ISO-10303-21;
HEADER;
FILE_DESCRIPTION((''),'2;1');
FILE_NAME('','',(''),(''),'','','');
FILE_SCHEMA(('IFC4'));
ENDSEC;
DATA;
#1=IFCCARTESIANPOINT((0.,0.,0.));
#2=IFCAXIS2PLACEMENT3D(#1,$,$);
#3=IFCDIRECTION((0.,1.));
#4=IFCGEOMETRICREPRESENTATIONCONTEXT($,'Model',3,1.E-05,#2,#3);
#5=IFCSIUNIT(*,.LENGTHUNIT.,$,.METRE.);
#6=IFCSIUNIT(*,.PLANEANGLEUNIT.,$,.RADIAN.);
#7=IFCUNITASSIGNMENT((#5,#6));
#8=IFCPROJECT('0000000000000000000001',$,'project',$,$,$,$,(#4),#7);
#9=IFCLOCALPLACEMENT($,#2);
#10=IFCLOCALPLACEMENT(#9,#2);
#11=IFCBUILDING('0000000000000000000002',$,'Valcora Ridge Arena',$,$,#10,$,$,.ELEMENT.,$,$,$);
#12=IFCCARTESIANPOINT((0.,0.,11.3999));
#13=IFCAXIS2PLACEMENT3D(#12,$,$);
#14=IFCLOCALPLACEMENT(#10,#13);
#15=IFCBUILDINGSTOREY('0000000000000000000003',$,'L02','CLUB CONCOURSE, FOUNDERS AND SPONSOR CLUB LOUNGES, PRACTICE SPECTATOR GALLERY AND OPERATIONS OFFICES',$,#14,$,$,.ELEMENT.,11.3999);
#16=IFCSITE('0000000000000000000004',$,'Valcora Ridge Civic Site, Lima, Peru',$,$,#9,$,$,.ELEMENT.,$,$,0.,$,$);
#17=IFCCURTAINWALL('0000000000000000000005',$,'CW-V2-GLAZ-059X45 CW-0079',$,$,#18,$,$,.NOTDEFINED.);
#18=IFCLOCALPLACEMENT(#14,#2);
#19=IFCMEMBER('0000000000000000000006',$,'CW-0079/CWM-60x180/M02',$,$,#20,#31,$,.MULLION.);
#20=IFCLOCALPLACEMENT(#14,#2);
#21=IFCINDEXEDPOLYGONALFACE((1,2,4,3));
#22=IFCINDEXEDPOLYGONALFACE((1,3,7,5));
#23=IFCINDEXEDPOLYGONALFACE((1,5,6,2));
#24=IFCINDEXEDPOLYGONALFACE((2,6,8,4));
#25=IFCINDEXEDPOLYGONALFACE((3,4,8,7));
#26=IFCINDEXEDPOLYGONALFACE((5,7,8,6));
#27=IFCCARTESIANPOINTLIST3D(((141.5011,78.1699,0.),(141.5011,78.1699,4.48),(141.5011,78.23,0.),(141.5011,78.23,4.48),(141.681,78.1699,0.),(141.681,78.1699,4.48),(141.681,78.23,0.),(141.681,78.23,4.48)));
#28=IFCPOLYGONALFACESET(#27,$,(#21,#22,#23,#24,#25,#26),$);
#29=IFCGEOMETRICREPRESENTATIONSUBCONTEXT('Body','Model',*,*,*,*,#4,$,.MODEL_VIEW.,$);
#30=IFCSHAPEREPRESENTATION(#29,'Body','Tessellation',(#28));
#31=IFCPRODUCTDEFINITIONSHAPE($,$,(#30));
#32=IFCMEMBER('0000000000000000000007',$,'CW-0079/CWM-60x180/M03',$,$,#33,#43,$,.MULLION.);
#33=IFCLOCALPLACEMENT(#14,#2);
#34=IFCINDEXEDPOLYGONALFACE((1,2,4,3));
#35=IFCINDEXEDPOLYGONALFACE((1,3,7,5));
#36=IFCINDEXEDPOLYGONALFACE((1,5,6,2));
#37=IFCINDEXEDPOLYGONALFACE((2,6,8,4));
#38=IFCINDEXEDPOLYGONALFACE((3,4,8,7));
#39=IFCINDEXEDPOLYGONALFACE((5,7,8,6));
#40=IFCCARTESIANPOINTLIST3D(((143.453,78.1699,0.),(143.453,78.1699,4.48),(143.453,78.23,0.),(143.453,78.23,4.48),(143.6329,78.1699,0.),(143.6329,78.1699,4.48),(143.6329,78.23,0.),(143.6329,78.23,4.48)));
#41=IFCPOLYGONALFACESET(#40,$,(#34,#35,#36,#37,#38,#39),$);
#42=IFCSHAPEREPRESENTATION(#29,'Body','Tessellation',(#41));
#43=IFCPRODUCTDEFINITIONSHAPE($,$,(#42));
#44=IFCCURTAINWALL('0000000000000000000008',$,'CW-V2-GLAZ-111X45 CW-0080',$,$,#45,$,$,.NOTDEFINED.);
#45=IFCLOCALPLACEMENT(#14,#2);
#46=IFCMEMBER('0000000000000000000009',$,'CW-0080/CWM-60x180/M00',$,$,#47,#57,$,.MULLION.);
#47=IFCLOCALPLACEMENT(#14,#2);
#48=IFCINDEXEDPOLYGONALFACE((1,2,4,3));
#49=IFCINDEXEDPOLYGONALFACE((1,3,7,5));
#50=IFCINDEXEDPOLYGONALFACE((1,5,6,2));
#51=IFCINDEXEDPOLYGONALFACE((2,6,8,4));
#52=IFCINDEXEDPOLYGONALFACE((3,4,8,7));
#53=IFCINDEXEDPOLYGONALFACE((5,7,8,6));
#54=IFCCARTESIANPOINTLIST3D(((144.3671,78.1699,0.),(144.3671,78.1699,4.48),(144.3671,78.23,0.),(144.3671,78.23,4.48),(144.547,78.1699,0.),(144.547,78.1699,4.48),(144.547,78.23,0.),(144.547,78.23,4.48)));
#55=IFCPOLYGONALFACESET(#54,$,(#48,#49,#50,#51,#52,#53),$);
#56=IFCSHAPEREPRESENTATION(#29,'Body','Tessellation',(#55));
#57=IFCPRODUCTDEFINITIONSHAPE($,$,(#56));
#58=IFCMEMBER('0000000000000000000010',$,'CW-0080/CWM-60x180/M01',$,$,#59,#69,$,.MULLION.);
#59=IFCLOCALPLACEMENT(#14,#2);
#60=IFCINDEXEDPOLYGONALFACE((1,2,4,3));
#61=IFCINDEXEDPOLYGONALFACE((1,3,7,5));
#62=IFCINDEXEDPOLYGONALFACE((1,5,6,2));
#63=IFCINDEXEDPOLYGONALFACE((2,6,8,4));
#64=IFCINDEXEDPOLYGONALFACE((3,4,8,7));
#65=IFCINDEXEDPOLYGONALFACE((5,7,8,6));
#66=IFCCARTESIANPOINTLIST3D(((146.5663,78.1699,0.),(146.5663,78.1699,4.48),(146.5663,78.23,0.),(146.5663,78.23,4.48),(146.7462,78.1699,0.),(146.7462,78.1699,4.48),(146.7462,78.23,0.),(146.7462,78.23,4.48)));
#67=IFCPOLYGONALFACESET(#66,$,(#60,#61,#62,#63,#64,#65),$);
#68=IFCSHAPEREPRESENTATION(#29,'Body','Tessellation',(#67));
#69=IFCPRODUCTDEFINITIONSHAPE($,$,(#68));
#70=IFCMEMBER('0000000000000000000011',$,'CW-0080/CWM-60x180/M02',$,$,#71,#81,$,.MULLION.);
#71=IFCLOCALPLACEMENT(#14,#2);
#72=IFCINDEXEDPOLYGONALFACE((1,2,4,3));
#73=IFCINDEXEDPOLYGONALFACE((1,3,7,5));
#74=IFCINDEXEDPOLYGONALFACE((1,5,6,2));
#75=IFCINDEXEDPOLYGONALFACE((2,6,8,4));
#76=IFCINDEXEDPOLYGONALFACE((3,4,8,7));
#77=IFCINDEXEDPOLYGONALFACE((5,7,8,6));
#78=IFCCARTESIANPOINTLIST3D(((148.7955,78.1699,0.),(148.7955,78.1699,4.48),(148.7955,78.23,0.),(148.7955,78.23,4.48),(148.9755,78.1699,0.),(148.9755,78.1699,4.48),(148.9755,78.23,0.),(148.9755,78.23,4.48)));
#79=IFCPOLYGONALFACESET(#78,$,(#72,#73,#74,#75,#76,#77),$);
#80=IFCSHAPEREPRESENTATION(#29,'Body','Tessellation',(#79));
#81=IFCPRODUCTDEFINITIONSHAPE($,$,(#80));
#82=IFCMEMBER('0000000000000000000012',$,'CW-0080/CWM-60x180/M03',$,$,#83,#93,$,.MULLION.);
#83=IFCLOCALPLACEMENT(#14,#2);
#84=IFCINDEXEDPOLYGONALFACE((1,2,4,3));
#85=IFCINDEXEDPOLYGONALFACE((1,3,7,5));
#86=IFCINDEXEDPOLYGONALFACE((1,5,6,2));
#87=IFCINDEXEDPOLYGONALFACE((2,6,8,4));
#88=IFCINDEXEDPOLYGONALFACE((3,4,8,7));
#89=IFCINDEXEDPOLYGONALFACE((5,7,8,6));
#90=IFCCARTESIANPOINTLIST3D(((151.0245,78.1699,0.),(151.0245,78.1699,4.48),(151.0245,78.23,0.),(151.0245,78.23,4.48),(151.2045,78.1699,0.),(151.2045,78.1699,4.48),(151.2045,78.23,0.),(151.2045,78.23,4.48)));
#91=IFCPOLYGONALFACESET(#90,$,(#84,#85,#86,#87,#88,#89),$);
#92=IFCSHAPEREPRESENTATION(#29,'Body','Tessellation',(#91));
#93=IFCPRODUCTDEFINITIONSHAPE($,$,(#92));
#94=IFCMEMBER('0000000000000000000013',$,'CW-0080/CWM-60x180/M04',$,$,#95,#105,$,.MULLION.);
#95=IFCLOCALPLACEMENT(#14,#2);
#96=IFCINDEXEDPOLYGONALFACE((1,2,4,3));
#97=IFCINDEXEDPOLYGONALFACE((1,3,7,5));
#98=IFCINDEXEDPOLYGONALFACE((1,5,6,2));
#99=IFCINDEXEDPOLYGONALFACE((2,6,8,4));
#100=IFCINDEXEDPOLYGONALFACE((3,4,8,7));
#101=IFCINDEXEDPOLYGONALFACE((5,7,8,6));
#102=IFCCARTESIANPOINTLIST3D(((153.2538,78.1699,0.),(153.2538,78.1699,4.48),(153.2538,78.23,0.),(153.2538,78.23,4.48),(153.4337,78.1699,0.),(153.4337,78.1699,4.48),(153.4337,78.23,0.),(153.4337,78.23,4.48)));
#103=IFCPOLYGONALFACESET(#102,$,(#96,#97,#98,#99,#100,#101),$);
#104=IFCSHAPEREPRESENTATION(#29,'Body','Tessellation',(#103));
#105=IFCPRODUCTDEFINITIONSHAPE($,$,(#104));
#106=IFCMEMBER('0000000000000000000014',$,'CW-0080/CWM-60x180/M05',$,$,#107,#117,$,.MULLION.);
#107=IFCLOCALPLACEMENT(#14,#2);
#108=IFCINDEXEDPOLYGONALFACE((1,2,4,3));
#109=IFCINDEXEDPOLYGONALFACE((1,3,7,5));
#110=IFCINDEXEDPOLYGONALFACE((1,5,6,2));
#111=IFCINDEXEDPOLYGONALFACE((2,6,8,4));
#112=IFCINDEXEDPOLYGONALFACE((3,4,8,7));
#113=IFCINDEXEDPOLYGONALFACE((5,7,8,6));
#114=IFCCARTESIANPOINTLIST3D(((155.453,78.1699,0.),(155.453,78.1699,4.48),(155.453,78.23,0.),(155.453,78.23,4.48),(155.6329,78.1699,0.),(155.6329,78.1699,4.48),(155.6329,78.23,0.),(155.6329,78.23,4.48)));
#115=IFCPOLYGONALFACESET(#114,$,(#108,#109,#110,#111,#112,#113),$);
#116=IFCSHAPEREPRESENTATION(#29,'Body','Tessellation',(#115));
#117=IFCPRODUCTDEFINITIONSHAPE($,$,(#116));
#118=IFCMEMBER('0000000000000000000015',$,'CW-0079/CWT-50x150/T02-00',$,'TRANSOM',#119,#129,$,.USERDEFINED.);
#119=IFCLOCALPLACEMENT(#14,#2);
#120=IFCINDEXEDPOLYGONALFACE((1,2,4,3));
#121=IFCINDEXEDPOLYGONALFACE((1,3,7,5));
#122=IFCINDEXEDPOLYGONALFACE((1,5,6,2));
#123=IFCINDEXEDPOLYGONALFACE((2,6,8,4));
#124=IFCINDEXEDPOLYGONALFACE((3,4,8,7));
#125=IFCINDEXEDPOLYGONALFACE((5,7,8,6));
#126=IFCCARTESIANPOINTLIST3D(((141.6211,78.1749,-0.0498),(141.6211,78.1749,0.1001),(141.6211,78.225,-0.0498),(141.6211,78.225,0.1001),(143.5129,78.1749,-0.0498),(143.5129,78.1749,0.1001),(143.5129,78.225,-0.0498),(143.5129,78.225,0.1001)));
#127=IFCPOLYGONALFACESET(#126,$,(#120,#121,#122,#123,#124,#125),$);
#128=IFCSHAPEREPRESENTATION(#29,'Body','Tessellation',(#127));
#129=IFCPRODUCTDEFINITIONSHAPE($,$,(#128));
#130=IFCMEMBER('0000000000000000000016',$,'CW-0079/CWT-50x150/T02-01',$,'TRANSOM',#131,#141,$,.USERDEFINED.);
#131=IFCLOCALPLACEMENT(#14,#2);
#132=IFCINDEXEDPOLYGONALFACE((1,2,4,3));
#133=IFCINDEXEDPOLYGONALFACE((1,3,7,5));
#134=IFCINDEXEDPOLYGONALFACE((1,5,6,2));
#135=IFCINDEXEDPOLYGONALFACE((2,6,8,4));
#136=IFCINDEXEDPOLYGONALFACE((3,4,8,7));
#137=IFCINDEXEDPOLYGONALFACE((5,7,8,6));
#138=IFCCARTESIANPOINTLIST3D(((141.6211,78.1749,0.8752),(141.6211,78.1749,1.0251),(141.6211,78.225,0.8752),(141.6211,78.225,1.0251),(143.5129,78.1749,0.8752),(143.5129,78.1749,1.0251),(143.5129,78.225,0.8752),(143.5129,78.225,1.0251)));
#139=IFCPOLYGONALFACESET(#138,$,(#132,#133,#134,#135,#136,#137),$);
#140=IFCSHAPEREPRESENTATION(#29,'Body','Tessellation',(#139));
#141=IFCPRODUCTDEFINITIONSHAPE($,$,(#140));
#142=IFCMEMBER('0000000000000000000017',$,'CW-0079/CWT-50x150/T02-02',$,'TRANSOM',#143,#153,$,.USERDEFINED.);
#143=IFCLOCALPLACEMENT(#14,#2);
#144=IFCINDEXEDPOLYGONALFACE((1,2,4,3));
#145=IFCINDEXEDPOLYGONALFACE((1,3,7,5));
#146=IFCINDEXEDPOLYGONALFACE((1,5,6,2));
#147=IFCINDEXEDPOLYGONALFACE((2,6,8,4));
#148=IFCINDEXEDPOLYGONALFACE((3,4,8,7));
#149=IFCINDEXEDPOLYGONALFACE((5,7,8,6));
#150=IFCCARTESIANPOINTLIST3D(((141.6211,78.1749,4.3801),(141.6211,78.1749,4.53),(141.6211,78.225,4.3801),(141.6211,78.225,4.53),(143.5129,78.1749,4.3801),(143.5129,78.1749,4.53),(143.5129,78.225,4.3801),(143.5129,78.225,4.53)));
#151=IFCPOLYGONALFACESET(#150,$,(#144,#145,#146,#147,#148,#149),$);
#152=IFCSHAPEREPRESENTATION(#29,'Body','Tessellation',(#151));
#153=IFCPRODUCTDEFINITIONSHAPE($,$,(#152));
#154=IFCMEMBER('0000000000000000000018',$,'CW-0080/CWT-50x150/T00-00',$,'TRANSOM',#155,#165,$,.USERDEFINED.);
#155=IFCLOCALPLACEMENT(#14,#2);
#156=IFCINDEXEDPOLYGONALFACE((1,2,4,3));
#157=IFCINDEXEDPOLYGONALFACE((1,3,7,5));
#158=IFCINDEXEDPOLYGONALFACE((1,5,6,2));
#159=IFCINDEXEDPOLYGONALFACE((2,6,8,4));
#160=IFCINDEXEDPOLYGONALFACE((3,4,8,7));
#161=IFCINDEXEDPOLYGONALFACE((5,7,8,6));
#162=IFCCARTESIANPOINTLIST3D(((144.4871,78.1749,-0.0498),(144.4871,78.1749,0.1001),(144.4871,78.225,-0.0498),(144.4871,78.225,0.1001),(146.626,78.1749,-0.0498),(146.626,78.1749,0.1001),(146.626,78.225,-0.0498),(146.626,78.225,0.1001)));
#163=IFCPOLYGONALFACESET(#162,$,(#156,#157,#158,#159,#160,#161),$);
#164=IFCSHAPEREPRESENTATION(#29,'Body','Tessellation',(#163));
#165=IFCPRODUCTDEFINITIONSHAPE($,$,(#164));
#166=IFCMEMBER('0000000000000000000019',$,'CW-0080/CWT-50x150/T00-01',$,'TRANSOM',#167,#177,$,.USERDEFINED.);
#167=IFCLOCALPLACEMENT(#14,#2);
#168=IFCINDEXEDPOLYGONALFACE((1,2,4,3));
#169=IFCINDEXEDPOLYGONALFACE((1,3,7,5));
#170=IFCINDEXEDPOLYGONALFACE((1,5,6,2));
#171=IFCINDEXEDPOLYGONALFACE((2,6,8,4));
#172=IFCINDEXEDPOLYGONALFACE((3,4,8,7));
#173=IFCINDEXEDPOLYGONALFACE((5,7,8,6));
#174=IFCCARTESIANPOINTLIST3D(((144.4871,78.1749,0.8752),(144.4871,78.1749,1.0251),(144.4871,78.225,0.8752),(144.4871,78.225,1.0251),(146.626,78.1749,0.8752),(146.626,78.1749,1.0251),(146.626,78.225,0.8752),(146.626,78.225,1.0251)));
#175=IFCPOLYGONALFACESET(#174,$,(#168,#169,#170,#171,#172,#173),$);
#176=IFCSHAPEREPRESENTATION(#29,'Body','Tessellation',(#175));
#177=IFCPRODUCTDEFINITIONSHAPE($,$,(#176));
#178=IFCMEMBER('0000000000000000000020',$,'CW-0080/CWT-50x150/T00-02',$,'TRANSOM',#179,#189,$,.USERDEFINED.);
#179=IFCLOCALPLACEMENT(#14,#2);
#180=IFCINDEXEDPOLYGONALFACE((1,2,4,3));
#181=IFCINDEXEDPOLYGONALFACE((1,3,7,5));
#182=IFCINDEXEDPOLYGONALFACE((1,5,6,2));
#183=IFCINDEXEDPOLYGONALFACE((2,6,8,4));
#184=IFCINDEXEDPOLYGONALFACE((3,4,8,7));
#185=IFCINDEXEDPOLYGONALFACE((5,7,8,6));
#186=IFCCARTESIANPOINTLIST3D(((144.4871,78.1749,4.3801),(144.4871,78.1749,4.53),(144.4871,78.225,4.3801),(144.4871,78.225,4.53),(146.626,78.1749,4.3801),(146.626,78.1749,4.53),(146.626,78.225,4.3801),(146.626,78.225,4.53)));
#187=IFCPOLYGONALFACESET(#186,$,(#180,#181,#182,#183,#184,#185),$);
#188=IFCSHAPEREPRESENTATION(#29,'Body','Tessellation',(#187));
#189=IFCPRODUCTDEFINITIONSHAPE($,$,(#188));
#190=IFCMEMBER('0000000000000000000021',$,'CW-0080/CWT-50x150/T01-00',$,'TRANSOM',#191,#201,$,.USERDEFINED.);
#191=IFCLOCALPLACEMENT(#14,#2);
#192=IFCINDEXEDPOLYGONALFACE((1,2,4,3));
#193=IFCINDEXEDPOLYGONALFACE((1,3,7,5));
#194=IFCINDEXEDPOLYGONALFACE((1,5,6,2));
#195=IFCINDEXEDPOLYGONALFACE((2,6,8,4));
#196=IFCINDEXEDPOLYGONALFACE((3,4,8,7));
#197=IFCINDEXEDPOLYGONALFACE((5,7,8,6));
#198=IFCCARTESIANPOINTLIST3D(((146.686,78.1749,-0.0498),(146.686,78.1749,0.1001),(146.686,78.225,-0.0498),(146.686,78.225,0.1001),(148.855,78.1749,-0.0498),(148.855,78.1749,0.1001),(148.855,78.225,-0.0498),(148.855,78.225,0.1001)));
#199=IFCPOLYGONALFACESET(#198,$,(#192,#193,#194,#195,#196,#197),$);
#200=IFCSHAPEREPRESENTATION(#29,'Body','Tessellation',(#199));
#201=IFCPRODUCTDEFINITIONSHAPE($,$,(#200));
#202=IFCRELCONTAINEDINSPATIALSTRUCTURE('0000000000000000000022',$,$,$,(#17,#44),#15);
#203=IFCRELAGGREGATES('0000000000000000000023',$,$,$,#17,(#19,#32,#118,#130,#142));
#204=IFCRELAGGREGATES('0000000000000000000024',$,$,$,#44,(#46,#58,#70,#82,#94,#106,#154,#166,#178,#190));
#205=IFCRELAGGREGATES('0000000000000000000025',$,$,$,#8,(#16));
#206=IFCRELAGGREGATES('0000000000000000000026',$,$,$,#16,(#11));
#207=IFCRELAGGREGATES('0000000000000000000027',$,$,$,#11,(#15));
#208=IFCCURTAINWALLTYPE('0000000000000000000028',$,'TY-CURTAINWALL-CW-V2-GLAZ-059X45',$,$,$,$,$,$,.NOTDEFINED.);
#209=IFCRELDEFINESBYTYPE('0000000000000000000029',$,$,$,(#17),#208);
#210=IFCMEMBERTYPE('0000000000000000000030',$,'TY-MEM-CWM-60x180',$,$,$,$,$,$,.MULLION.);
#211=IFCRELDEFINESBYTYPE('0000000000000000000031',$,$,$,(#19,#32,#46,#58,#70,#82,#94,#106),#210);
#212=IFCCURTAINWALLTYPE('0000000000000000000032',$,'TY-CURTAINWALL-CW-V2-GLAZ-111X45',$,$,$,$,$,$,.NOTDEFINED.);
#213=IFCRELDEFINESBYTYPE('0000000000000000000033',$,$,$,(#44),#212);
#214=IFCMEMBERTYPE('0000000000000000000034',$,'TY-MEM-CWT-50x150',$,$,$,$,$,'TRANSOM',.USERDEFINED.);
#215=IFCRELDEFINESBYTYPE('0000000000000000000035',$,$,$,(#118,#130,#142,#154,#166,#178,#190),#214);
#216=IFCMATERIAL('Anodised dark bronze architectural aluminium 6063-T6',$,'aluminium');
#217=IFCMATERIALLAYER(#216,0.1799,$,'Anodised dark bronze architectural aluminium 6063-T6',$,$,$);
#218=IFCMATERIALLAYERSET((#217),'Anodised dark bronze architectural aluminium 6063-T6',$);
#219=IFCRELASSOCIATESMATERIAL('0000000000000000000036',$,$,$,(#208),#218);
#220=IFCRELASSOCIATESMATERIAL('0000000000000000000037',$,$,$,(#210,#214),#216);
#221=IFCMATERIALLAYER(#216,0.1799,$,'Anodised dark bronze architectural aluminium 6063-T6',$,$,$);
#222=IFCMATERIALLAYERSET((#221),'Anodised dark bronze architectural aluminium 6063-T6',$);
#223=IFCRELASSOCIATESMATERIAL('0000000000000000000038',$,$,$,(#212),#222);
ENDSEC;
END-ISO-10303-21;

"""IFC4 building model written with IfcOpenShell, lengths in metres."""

from ifc_helpers import new_model, si_unit, direction, frame, origin, origin_2d, place, context, subcontext, project, spatial, rectangle, extrude, material, layer, layer_set, material_profile, profile_set, type_object, element, aggregate, save


model = new_model("IFC4")

# Units and contexts
model_context = context("Model", 3, precision=1e-05, world=origin(), true_north=direction((0.0, 1.0)))
body_context = subcontext(model_context, "Body", "Model", "MODEL_VIEW")
ifc_project = project(units=[si_unit("LENGTHUNIT", "METRE"), si_unit("PLANEANGLEUNIT", "RADIAN")], contexts=[model_context])

# Site, building, storey
site_placement = place(None, origin())
site = spatial("IfcSite", under=ifc_project, at=site_placement, Name="Valcora Ridge Civic Site, Lima, Peru", CompositionType="ELEMENT", RefElevation=0.0)
building_placement = place(site_placement, origin())
building = spatial("IfcBuilding", under=site, at=building_placement, Name="Valcora Ridge Arena", CompositionType="ELEMENT")
storey_placement = place(building_placement, frame((0.0, 0.0, 11.3999)))
storey = spatial("IfcBuildingStorey", under=building, at=storey_placement, Name="L02", Description="CLUB CONCOURSE, FOUNDERS AND SPONSOR CLUB LOUNGES, PRACTICE SPECTATOR GALLERY AND OPERATIONS OFFICES", CompositionType="ELEMENT", Elevation=11.3999)

# Curtain walls, members
ifc_material_1 = material(Name="Anodised dark bronze architectural aluminium 6063-T6", Category="aluminium")
ifc_layer_1 = layer(ifc_material_1, 0.1799, Name="Anodised dark bronze architectural aluminium 6063-T6")
ifc_layer_set_1 = layer_set([ifc_layer_1], Name="Anodised dark bronze architectural aluminium 6063-T6")
curtain_wall_type_1 = type_object("IfcCurtainWallType", Name="TY-CURTAINWALL-CW-V2-GLAZ-059X45", PredefinedType="NOTDEFINED", material=ifc_layer_set_1)
curtain_wall_1_placement = place(storey_placement, origin())
curtain_wall_1 = element("IfcCurtainWall", 1, at=curtain_wall_1_placement, inside=storey, type_object=curtain_wall_type_1, Name="CW-V2-GLAZ-059X45 CW-0079", PredefinedType="NOTDEFINED")
ifc_material_profile_1 = material_profile(ifc_material_1, rectangle(XDim=0.0601, YDim=0.1799, at=origin_2d()), Name="ALU MULLION 60x180")
ifc_profile_set_1 = profile_set([ifc_material_profile_1], Name="Anodised dark bronze architectural aluminium 6063-T6")
member_type_1 = type_object("IfcMemberType", Name="TY-MEM-CWM-60x180", PredefinedType="MULLION", material=ifc_profile_set_1)
member_1_placement = place(storey_placement, frame((141.5911, 78.2, 0.0), z_axis=(0.0, 0.0, 1.0), x_axis=(0.0, 1.0, 0.0)))
member_1 = element("IfcMember", 2, at=member_1_placement, type_object=member_type_1, Name="CW-0079/CWM-60x180/M02", PredefinedType="MULLION", context=body_context, shape_type="SweptSolid", body=[
    extrude(rectangle(XDim=0.0601, YDim=0.1799, at=origin_2d()), origin(), (0.0, 0.0, 1.0), 4.48),
])
member_2_placement = place(storey_placement, frame((143.543, 78.2, 0.0), z_axis=(0.0, 0.0, 1.0), x_axis=(0.0, 1.0, 0.0)))
member_2 = element("IfcMember", 3, at=member_2_placement, type_object=member_type_1, Name="CW-0079/CWM-60x180/M03", PredefinedType="MULLION", context=body_context, shape_type="SweptSolid", body=[
    extrude(rectangle(XDim=0.0601, YDim=0.1799, at=origin_2d()), origin(), (0.0, 0.0, 1.0), 4.48),
])
ifc_layer_2 = layer(ifc_material_1, 0.1799, Name="Anodised dark bronze architectural aluminium 6063-T6")
ifc_layer_set_2 = layer_set([ifc_layer_2], Name="Anodised dark bronze architectural aluminium 6063-T6")
curtain_wall_type_2 = type_object("IfcCurtainWallType", Name="TY-CURTAINWALL-CW-V2-GLAZ-111X45", PredefinedType="NOTDEFINED", material=ifc_layer_set_2)
curtain_wall_2_placement = place(storey_placement, origin())
curtain_wall_2 = element("IfcCurtainWall", 4, at=curtain_wall_2_placement, inside=storey, type_object=curtain_wall_type_2, Name="CW-V2-GLAZ-111X45 CW-0080", PredefinedType="NOTDEFINED")
member_3_placement = place(storey_placement, frame((144.457, 78.2, 0.0), z_axis=(0.0, 0.0, 1.0), x_axis=(0.0, 1.0, 0.0)))
member_3 = element("IfcMember", 5, at=member_3_placement, type_object=member_type_1, Name="CW-0080/CWM-60x180/M00", PredefinedType="MULLION", context=body_context, shape_type="SweptSolid", body=[
    extrude(rectangle(XDim=0.0601, YDim=0.1799, at=origin_2d()), origin(), (0.0, 0.0, 1.0), 4.48),
])
member_4_placement = place(storey_placement, frame((146.6562, 78.2, 0.0), z_axis=(0.0, 0.0, 1.0), x_axis=(0.0, 1.0, 0.0)))
member_4 = element("IfcMember", 6, at=member_4_placement, type_object=member_type_1, Name="CW-0080/CWM-60x180/M01", PredefinedType="MULLION", context=body_context, shape_type="SweptSolid", body=[
    extrude(rectangle(XDim=0.0601, YDim=0.1799, at=origin_2d()), origin(), (0.0, 0.0, 1.0), 4.48),
])
member_5_placement = place(storey_placement, frame((148.8855, 78.2, 0.0), z_axis=(0.0, 0.0, 1.0), x_axis=(0.0, 1.0, 0.0)))
member_5 = element("IfcMember", 7, at=member_5_placement, type_object=member_type_1, Name="CW-0080/CWM-60x180/M02", PredefinedType="MULLION", context=body_context, shape_type="SweptSolid", body=[
    extrude(rectangle(XDim=0.0601, YDim=0.1799, at=origin_2d()), origin(), (0.0, 0.0, 1.0), 4.48),
])
member_6_placement = place(storey_placement, frame((151.1145, 78.2, 0.0), z_axis=(0.0, 0.0, 1.0), x_axis=(0.0, 1.0, 0.0)))
member_6 = element("IfcMember", 8, at=member_6_placement, type_object=member_type_1, Name="CW-0080/CWM-60x180/M03", PredefinedType="MULLION", context=body_context, shape_type="SweptSolid", body=[
    extrude(rectangle(XDim=0.0601, YDim=0.1799, at=origin_2d()), origin(), (0.0, 0.0, 1.0), 4.48),
])
member_7_placement = place(storey_placement, frame((153.3438, 78.2, 0.0), z_axis=(0.0, 0.0, 1.0), x_axis=(0.0, 1.0, 0.0)))
member_7 = element("IfcMember", 9, at=member_7_placement, type_object=member_type_1, Name="CW-0080/CWM-60x180/M04", PredefinedType="MULLION", context=body_context, shape_type="SweptSolid", body=[
    extrude(rectangle(XDim=0.0601, YDim=0.1799, at=origin_2d()), origin(), (0.0, 0.0, 1.0), 4.48),
])
member_8_placement = place(storey_placement, frame((155.543, 78.2, 0.0), z_axis=(0.0, 0.0, 1.0), x_axis=(0.0, 1.0, 0.0)))
member_8 = element("IfcMember", 10, at=member_8_placement, type_object=member_type_1, Name="CW-0080/CWM-60x180/M05", PredefinedType="MULLION", context=body_context, shape_type="SweptSolid", body=[
    extrude(rectangle(XDim=0.0601, YDim=0.1799, at=origin_2d()), origin(), (0.0, 0.0, 1.0), 4.48),
])

# Members
ifc_material_profile_2 = material_profile(ifc_material_1, rectangle(XDim=0.05, YDim=0.1499, at=origin_2d()), Name="ALU TRANSOM 50x150")
ifc_profile_set_2 = profile_set([ifc_material_profile_2], Name="Anodised dark bronze architectural aluminium 6063-T6")
member_type_2 = type_object("IfcMemberType", Name="TY-MEM-CWT-50x150", ElementType="TRANSOM", PredefinedType="USERDEFINED", material=ifc_profile_set_2)
member_9_placement = place(storey_placement, frame((141.6211, 78.2, 0.0251), z_axis=(1.0, 0.0, 0.0), x_axis=(0.0, 1.0, 0.0)))
member_9 = element("IfcMember", 11, at=member_9_placement, type_object=member_type_2, Name="CW-0079/CWT-50x150/T02-00", ObjectType="TRANSOM", PredefinedType="USERDEFINED", context=body_context, shape_type="SweptSolid", body=[
    extrude(rectangle(XDim=0.05, YDim=0.1499, at=origin_2d()), origin(), (0.0, 0.0, 1.0), 1.8918),
])
member_10_placement = place(storey_placement, frame((141.6211, 78.2, 0.9502), z_axis=(1.0, 0.0, 0.0), x_axis=(0.0, 1.0, 0.0)))
member_10 = element("IfcMember", 12, at=member_10_placement, type_object=member_type_2, Name="CW-0079/CWT-50x150/T02-01", ObjectType="TRANSOM", PredefinedType="USERDEFINED", context=body_context, shape_type="SweptSolid", body=[
    extrude(rectangle(XDim=0.05, YDim=0.1499, at=origin_2d()), origin(), (0.0, 0.0, 1.0), 1.8918),
])
member_11_placement = place(storey_placement, frame((141.6211, 78.2, 4.4551), z_axis=(1.0, 0.0, 0.0), x_axis=(0.0, 1.0, 0.0)))
member_11 = element("IfcMember", 13, at=member_11_placement, type_object=member_type_2, Name="CW-0079/CWT-50x150/T02-02", ObjectType="TRANSOM", PredefinedType="USERDEFINED", context=body_context, shape_type="SweptSolid", body=[
    extrude(rectangle(XDim=0.05, YDim=0.1499, at=origin_2d()), origin(), (0.0, 0.0, 1.0), 1.8918),
])
member_12_placement = place(storey_placement, frame((144.4871, 78.2, 0.0251), z_axis=(1.0, 0.0, 0.0), x_axis=(0.0, 1.0, 0.0)))
member_12 = element("IfcMember", 14, at=member_12_placement, type_object=member_type_2, Name="CW-0080/CWT-50x150/T00-00", ObjectType="TRANSOM", PredefinedType="USERDEFINED", context=body_context, shape_type="SweptSolid", body=[
    extrude(rectangle(XDim=0.05, YDim=0.1499, at=origin_2d()), origin(), (0.0, 0.0, 1.0), 2.1389),
])
member_13_placement = place(storey_placement, frame((144.4871, 78.2, 0.9502), z_axis=(1.0, 0.0, 0.0), x_axis=(0.0, 1.0, 0.0)))
member_13 = element("IfcMember", 15, at=member_13_placement, type_object=member_type_2, Name="CW-0080/CWT-50x150/T00-01", ObjectType="TRANSOM", PredefinedType="USERDEFINED", context=body_context, shape_type="SweptSolid", body=[
    extrude(rectangle(XDim=0.05, YDim=0.1499, at=origin_2d()), origin(), (0.0, 0.0, 1.0), 2.1389),
])
member_14_placement = place(storey_placement, frame((144.4871, 78.2, 4.4551), z_axis=(1.0, 0.0, 0.0), x_axis=(0.0, 1.0, 0.0)))
member_14 = element("IfcMember", 16, at=member_14_placement, type_object=member_type_2, Name="CW-0080/CWT-50x150/T00-02", ObjectType="TRANSOM", PredefinedType="USERDEFINED", context=body_context, shape_type="SweptSolid", body=[
    extrude(rectangle(XDim=0.05, YDim=0.1499, at=origin_2d()), origin(), (0.0, 0.0, 1.0), 2.1389),
])
member_15_placement = place(storey_placement, frame((146.686, 78.2, 0.0251), z_axis=(1.0, 0.0, 0.0), x_axis=(0.0, 1.0, 0.0)))
member_15 = element("IfcMember", 17, at=member_15_placement, type_object=member_type_2, Name="CW-0080/CWT-50x150/T01-00", ObjectType="TRANSOM", PredefinedType="USERDEFINED", context=body_context, shape_type="SweptSolid", body=[
    extrude(rectangle(XDim=0.05, YDim=0.1499, at=origin_2d()), origin(), (0.0, 0.0, 1.0), 2.1689),
])

aggregate(curtain_wall_1, [member_1, member_2, member_9, member_10, member_11])
aggregate(curtain_wall_2, [member_3, member_4, member_5, member_6, member_7, member_8, member_12, member_13, member_14, member_15])

save(model, "model.ifc")
